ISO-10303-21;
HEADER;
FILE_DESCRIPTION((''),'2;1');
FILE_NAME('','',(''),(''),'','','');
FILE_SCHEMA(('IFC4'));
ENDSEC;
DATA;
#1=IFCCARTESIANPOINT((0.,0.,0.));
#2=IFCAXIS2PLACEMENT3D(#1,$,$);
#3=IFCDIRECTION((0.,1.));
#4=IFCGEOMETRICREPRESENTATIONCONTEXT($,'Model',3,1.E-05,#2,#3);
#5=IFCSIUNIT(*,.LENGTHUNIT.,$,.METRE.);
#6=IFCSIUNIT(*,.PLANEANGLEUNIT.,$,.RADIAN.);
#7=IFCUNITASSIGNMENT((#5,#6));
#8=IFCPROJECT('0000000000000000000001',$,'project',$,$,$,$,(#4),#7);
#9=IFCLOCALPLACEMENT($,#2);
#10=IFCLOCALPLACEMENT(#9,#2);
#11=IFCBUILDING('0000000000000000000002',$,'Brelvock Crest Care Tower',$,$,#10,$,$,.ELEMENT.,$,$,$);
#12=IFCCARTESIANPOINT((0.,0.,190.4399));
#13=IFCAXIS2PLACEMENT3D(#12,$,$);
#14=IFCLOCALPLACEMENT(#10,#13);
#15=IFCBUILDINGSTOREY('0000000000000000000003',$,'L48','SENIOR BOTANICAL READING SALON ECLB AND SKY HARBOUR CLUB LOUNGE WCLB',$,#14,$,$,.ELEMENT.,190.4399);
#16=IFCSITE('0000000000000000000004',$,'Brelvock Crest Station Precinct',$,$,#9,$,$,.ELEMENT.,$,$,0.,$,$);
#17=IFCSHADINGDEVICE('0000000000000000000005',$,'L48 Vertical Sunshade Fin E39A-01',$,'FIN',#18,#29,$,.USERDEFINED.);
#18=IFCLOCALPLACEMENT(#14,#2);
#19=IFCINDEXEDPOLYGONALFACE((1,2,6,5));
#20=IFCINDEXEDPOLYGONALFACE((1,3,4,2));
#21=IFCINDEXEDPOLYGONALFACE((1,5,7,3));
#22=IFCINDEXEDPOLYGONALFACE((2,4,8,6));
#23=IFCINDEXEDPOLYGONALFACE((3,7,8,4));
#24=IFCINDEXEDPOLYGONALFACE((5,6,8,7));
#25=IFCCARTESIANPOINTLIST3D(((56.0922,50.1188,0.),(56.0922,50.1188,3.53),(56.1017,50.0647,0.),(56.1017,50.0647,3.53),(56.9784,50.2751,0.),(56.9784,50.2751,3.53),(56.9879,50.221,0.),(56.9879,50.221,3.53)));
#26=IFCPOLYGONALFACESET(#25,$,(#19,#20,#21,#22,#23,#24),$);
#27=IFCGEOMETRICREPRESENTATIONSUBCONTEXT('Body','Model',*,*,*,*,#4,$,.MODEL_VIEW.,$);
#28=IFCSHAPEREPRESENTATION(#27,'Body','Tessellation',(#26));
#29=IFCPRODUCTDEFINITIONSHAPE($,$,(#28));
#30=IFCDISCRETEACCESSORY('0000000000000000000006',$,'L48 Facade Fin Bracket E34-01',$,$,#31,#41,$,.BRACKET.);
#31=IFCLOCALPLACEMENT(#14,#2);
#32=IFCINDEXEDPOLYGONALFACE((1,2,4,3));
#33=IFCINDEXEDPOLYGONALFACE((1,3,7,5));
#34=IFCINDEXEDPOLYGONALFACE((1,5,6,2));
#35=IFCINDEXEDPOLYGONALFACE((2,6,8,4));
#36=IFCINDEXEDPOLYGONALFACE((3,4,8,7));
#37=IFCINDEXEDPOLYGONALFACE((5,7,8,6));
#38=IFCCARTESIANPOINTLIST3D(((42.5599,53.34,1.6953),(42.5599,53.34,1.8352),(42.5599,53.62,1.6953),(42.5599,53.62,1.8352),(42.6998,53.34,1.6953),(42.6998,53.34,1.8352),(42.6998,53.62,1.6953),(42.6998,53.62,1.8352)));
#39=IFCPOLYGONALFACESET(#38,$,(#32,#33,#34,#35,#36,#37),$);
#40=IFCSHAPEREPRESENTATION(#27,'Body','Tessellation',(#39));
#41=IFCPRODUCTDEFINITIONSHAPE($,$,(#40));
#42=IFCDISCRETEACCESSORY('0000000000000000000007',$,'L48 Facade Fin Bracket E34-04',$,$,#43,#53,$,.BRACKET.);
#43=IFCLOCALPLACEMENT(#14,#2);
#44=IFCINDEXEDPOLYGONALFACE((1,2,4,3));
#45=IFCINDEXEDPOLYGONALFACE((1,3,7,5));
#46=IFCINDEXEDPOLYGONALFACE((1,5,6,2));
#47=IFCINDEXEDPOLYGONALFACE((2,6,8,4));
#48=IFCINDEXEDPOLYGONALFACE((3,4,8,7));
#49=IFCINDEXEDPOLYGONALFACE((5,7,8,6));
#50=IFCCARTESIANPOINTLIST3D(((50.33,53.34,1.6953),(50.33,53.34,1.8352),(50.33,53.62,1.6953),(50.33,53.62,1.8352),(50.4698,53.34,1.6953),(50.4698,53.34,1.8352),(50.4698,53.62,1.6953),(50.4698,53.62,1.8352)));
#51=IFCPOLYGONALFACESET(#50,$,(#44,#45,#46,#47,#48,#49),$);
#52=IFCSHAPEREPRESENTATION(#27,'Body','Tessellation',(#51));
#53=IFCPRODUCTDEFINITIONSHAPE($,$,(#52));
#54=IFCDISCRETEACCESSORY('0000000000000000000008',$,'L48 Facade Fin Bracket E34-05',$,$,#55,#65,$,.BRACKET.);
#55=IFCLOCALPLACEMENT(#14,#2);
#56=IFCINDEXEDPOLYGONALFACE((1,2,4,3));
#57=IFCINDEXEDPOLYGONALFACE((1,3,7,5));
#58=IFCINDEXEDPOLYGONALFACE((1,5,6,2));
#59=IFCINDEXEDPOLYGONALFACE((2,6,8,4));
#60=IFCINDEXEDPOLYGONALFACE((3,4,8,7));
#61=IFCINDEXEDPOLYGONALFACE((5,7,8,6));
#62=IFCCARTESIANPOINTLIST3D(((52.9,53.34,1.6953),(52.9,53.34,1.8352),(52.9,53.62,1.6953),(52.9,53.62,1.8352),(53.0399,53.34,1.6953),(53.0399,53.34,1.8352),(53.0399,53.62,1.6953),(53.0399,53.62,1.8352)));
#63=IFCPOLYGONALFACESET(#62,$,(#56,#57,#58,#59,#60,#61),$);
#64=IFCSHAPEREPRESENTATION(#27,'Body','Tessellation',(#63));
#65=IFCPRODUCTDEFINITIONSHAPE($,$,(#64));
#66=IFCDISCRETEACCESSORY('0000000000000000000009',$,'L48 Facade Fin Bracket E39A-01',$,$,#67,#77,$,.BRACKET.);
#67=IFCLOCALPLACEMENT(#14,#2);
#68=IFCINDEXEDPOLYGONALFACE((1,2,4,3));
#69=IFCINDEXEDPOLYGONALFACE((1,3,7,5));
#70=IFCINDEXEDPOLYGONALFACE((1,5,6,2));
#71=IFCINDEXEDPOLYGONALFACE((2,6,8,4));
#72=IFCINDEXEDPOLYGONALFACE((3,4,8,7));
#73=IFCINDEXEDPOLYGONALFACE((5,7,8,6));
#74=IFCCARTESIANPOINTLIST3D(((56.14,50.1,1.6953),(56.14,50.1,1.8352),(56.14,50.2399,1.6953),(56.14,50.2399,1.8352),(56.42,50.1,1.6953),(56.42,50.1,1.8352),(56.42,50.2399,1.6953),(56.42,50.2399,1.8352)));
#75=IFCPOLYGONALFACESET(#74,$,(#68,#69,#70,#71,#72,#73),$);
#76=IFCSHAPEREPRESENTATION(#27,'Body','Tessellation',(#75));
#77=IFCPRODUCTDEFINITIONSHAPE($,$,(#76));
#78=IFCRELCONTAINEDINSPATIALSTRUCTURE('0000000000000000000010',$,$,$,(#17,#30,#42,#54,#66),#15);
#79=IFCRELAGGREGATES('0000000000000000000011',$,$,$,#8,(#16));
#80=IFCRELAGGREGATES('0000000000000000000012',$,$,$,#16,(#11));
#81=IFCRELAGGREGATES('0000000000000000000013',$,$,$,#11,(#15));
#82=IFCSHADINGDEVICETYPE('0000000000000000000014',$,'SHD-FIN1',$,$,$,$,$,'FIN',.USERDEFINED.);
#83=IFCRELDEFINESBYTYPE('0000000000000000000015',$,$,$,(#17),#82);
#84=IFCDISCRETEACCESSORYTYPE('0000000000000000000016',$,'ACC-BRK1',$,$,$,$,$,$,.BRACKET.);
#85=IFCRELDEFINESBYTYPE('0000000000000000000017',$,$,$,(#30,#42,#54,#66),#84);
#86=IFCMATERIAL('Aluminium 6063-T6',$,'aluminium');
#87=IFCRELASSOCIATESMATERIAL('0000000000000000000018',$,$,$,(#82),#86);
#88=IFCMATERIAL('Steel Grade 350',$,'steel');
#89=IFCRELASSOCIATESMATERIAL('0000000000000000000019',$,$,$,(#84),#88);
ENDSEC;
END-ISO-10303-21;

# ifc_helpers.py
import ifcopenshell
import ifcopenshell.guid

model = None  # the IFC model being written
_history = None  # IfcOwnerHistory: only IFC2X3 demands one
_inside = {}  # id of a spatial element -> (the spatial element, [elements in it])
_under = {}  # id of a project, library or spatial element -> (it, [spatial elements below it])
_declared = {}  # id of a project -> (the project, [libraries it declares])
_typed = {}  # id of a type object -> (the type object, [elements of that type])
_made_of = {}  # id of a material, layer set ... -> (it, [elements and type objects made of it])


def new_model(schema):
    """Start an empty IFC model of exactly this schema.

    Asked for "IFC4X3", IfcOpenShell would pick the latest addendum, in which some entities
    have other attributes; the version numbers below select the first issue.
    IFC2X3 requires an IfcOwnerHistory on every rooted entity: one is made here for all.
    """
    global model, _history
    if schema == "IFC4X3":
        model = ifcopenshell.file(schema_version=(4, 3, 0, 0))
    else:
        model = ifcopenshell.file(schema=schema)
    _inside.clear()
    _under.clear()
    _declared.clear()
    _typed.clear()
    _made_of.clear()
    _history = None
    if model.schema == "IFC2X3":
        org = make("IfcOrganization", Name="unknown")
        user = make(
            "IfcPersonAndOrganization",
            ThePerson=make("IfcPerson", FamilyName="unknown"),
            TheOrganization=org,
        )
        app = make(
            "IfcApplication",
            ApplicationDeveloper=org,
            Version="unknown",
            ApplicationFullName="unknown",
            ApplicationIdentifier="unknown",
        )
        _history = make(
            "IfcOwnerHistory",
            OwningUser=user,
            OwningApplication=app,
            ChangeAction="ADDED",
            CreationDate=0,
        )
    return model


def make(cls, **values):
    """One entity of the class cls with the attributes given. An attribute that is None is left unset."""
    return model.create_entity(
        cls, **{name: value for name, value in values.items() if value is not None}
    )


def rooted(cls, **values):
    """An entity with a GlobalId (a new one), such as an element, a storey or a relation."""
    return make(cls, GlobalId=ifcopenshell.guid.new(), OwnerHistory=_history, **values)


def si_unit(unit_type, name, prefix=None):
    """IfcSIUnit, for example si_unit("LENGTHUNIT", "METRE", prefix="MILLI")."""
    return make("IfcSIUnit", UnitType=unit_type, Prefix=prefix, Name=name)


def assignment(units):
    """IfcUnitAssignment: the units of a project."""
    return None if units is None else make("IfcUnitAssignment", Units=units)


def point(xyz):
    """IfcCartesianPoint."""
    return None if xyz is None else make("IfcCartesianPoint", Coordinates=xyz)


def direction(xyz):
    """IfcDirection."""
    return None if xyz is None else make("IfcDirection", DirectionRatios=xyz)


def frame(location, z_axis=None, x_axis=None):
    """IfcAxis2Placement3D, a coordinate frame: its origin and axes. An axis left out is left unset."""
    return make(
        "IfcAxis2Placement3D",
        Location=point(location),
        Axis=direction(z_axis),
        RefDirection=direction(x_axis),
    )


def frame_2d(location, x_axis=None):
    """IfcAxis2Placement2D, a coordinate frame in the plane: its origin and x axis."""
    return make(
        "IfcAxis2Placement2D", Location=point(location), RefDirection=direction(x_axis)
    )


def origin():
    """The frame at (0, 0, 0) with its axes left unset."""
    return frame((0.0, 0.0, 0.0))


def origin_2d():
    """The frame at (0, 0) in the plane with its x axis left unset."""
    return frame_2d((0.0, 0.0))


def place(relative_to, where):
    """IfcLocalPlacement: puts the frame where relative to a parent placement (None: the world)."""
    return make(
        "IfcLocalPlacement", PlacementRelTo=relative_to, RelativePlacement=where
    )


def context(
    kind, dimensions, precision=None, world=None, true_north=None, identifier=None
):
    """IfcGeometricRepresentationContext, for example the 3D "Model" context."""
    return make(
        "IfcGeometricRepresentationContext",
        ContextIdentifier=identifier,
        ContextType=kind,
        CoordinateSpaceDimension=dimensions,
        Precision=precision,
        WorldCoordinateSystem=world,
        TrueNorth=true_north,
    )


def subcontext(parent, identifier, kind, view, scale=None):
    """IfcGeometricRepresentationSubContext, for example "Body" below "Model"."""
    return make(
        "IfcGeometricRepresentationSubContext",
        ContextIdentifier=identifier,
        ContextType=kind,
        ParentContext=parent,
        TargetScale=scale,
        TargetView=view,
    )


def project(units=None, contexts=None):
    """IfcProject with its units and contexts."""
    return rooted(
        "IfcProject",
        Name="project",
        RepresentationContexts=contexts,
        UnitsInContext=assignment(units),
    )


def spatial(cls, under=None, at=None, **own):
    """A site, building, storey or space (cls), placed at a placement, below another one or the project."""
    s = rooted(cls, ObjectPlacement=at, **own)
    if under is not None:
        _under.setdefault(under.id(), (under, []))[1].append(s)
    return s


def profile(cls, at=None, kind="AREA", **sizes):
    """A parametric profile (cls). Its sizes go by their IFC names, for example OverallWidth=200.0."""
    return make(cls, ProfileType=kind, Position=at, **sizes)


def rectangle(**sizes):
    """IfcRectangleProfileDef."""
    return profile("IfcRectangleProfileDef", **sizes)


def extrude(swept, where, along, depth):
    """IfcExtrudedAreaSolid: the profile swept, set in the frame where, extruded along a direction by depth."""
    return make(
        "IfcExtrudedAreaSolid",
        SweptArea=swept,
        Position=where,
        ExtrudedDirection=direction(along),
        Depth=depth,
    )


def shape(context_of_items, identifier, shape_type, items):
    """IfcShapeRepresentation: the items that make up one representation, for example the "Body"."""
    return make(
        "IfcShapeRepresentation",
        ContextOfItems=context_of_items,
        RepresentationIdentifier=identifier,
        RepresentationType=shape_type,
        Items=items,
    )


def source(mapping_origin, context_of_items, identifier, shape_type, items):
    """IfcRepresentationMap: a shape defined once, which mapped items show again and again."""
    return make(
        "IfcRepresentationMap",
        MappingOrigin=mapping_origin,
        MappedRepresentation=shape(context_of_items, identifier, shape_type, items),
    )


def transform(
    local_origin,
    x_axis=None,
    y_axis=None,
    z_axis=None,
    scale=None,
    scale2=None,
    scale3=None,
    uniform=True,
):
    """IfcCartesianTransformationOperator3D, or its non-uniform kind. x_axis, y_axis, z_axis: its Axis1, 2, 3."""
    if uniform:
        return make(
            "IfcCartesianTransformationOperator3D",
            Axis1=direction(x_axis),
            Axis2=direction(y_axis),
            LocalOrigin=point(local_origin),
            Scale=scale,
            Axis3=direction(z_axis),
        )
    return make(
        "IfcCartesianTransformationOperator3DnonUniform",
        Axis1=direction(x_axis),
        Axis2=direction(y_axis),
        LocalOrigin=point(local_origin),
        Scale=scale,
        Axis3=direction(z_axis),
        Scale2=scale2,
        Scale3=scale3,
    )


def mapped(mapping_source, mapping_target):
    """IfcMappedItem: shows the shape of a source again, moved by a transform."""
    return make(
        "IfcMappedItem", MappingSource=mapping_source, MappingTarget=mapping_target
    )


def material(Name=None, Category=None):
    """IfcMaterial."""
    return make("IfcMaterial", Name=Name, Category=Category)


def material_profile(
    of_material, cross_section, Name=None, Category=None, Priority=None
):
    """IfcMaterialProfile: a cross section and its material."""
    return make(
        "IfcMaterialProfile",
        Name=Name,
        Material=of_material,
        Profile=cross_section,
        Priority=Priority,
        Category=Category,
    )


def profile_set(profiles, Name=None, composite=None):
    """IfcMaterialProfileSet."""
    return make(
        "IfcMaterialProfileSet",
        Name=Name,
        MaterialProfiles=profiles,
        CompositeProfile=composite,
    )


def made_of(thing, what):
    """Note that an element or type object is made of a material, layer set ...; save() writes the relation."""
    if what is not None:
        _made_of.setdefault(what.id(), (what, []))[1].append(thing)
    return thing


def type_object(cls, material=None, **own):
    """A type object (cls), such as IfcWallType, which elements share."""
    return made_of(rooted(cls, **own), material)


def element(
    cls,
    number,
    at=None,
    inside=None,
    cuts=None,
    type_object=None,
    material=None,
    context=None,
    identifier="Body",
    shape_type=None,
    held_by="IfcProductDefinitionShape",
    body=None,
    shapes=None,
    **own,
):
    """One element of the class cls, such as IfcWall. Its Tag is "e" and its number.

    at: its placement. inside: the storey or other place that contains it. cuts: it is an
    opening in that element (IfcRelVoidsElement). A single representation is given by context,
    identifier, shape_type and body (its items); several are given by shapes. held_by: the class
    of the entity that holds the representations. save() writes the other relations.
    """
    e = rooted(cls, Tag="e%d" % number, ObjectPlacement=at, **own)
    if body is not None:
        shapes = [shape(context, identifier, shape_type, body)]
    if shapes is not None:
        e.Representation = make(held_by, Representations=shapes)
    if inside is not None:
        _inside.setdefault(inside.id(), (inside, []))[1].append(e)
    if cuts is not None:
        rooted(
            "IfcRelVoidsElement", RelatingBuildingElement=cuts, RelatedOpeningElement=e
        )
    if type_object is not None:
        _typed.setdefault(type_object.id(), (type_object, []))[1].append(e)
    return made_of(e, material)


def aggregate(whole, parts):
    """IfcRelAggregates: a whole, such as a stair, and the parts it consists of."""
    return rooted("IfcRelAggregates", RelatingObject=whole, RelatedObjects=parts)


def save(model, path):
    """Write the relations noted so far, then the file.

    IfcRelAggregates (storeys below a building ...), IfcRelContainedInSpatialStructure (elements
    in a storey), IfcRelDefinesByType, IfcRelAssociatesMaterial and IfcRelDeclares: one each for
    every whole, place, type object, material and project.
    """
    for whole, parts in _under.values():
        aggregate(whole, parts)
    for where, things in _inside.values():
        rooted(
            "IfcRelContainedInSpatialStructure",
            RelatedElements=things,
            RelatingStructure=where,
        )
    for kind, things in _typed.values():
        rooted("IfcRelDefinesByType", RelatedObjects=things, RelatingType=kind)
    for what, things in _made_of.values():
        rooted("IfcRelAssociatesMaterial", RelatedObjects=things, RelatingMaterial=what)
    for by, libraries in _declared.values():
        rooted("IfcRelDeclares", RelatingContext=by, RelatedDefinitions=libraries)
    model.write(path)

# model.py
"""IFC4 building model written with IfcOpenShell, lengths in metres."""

from ifc_helpers import new_model, si_unit, direction, frame, origin, origin_2d, place, context, subcontext, project, spatial, rectangle, extrude, source, transform, mapped, material, material_profile, profile_set, type_object, element, save


model = new_model("IFC4")

# Units and contexts
model_context = context("Model", 3, precision=1e-05, world=origin(), true_north=direction((0.0, 1.0)))
body_context = subcontext(model_context, "Body", "Model", "MODEL_VIEW")
ifc_project = project(units=[si_unit("LENGTHUNIT", "METRE"), si_unit("PLANEANGLEUNIT", "RADIAN")], contexts=[model_context])

# Site, building, storey
site_placement = place(None, origin())
site = spatial("IfcSite", under=ifc_project, at=site_placement, Name="Brelvock Crest Station Precinct", CompositionType="ELEMENT", RefElevation=0.0)
building_placement = place(site_placement, origin())
building = spatial("IfcBuilding", under=site, at=building_placement, Name="Brelvock Crest Care Tower", CompositionType="ELEMENT")
storey_placement = place(building_placement, frame((0.0, 0.0, 190.4399)))
storey = spatial("IfcBuildingStorey", under=building, at=storey_placement, Name="L48", Description="SENIOR BOTANICAL READING SALON ECLB AND SKY HARBOUR CLUB LOUNGE WCLB", CompositionType="ELEMENT", Elevation=190.4399)

# Shared definitions
ifc_material_1 = material(Name="Aluminium 6063-T6", Category="aluminium")

# Shading device
ifc_material_profile_1 = material_profile(ifc_material_1, rectangle(XDim=0.0549, YDim=0.8999, at=origin_2d()), Name="FIN55x900")
ifc_profile_set_1 = profile_set([ifc_material_profile_1], Name="Aluminium 6063-T6")
shading_device_type = type_object("IfcShadingDeviceType", Name="SHD-FIN1", ElementType="FIN", PredefinedType="USERDEFINED", material=ifc_profile_set_1)
shared_shape_1 = source(origin(), body_context, "Body", "SweptSolid", [
    extrude(rectangle(XDim=0.0549, YDim=0.8999, at=origin_2d()), origin(), (0.0, 0.0, 1.0), 3.53),
])
for number, where, z_axis, x_axis, name in (
    (1, (56.54, 50.1699, 0.0), (0.0, 0.0, 1.0), (0.173648, -0.984808, 0.0), "L48 Vertical Sunshade Fin E39A-01"),
):
    element("IfcShadingDevice", number, at=place(storey_placement, frame(where, z_axis=z_axis, x_axis=x_axis)), inside=storey, type_object=shading_device_type, Name=name, ObjectType="FIN", PredefinedType="USERDEFINED", context=body_context, shape_type="MappedRepresentation", body=[
        mapped(shared_shape_1, transform((0.0, 0.0, 0.0), x_axis=(1.0, 0.0, 0.0), y_axis=(0.0, 1.0, 0.0), z_axis=(0.0, 0.0, 1.0), scale=1.0)),
    ])

# Discrete accessories
ifc_material_2 = material(Name="Steel Grade 350", Category="steel")
discrete_accessory_type = type_object("IfcDiscreteAccessoryType", Name="ACC-BRK1", PredefinedType="BRACKET", material=ifc_material_2)
shared_shape_2 = source(origin(), body_context, "Body", "SweptSolid", [
    extrude(rectangle(XDim=0.28, YDim=0.1399, at=origin_2d()), origin(), (0.0, 0.0, 1.0), 0.1399),
])
for number, where, z_axis, x_axis, name in (
    (2, (42.6299, 53.48, 1.6953), (0.0, 0.0, 1.0), (0.0, 1.0, 0.0), "L48 Facade Fin Bracket E34-01"),
    (3, (50.3999, 53.48, 1.6953), (0.0, 0.0, 1.0), (0.0, 1.0, 0.0), "L48 Facade Fin Bracket E34-04"),
    (4, (52.97, 53.48, 1.6953), (0.0, 0.0, 1.0), (0.0, 1.0, 0.0), "L48 Facade Fin Bracket E34-05"),
    (5, (56.28, 50.1699, 1.6953), (0.0, 0.0, 1.0), (1.0, 0.0, 0.0), "L48 Facade Fin Bracket E39A-01"),
):
    element("IfcDiscreteAccessory", number, at=place(storey_placement, frame(where, z_axis=z_axis, x_axis=x_axis)), inside=storey, type_object=discrete_accessory_type, Name=name, PredefinedType="BRACKET", context=body_context, shape_type="MappedRepresentation", body=[
        mapped(shared_shape_2, transform((0.0, 0.0, 0.0), x_axis=(1.0, 0.0, 0.0), y_axis=(0.0, 1.0, 0.0), z_axis=(0.0, 0.0, 1.0), scale=1.0)),
    ])

save(model, "model.ifc")
